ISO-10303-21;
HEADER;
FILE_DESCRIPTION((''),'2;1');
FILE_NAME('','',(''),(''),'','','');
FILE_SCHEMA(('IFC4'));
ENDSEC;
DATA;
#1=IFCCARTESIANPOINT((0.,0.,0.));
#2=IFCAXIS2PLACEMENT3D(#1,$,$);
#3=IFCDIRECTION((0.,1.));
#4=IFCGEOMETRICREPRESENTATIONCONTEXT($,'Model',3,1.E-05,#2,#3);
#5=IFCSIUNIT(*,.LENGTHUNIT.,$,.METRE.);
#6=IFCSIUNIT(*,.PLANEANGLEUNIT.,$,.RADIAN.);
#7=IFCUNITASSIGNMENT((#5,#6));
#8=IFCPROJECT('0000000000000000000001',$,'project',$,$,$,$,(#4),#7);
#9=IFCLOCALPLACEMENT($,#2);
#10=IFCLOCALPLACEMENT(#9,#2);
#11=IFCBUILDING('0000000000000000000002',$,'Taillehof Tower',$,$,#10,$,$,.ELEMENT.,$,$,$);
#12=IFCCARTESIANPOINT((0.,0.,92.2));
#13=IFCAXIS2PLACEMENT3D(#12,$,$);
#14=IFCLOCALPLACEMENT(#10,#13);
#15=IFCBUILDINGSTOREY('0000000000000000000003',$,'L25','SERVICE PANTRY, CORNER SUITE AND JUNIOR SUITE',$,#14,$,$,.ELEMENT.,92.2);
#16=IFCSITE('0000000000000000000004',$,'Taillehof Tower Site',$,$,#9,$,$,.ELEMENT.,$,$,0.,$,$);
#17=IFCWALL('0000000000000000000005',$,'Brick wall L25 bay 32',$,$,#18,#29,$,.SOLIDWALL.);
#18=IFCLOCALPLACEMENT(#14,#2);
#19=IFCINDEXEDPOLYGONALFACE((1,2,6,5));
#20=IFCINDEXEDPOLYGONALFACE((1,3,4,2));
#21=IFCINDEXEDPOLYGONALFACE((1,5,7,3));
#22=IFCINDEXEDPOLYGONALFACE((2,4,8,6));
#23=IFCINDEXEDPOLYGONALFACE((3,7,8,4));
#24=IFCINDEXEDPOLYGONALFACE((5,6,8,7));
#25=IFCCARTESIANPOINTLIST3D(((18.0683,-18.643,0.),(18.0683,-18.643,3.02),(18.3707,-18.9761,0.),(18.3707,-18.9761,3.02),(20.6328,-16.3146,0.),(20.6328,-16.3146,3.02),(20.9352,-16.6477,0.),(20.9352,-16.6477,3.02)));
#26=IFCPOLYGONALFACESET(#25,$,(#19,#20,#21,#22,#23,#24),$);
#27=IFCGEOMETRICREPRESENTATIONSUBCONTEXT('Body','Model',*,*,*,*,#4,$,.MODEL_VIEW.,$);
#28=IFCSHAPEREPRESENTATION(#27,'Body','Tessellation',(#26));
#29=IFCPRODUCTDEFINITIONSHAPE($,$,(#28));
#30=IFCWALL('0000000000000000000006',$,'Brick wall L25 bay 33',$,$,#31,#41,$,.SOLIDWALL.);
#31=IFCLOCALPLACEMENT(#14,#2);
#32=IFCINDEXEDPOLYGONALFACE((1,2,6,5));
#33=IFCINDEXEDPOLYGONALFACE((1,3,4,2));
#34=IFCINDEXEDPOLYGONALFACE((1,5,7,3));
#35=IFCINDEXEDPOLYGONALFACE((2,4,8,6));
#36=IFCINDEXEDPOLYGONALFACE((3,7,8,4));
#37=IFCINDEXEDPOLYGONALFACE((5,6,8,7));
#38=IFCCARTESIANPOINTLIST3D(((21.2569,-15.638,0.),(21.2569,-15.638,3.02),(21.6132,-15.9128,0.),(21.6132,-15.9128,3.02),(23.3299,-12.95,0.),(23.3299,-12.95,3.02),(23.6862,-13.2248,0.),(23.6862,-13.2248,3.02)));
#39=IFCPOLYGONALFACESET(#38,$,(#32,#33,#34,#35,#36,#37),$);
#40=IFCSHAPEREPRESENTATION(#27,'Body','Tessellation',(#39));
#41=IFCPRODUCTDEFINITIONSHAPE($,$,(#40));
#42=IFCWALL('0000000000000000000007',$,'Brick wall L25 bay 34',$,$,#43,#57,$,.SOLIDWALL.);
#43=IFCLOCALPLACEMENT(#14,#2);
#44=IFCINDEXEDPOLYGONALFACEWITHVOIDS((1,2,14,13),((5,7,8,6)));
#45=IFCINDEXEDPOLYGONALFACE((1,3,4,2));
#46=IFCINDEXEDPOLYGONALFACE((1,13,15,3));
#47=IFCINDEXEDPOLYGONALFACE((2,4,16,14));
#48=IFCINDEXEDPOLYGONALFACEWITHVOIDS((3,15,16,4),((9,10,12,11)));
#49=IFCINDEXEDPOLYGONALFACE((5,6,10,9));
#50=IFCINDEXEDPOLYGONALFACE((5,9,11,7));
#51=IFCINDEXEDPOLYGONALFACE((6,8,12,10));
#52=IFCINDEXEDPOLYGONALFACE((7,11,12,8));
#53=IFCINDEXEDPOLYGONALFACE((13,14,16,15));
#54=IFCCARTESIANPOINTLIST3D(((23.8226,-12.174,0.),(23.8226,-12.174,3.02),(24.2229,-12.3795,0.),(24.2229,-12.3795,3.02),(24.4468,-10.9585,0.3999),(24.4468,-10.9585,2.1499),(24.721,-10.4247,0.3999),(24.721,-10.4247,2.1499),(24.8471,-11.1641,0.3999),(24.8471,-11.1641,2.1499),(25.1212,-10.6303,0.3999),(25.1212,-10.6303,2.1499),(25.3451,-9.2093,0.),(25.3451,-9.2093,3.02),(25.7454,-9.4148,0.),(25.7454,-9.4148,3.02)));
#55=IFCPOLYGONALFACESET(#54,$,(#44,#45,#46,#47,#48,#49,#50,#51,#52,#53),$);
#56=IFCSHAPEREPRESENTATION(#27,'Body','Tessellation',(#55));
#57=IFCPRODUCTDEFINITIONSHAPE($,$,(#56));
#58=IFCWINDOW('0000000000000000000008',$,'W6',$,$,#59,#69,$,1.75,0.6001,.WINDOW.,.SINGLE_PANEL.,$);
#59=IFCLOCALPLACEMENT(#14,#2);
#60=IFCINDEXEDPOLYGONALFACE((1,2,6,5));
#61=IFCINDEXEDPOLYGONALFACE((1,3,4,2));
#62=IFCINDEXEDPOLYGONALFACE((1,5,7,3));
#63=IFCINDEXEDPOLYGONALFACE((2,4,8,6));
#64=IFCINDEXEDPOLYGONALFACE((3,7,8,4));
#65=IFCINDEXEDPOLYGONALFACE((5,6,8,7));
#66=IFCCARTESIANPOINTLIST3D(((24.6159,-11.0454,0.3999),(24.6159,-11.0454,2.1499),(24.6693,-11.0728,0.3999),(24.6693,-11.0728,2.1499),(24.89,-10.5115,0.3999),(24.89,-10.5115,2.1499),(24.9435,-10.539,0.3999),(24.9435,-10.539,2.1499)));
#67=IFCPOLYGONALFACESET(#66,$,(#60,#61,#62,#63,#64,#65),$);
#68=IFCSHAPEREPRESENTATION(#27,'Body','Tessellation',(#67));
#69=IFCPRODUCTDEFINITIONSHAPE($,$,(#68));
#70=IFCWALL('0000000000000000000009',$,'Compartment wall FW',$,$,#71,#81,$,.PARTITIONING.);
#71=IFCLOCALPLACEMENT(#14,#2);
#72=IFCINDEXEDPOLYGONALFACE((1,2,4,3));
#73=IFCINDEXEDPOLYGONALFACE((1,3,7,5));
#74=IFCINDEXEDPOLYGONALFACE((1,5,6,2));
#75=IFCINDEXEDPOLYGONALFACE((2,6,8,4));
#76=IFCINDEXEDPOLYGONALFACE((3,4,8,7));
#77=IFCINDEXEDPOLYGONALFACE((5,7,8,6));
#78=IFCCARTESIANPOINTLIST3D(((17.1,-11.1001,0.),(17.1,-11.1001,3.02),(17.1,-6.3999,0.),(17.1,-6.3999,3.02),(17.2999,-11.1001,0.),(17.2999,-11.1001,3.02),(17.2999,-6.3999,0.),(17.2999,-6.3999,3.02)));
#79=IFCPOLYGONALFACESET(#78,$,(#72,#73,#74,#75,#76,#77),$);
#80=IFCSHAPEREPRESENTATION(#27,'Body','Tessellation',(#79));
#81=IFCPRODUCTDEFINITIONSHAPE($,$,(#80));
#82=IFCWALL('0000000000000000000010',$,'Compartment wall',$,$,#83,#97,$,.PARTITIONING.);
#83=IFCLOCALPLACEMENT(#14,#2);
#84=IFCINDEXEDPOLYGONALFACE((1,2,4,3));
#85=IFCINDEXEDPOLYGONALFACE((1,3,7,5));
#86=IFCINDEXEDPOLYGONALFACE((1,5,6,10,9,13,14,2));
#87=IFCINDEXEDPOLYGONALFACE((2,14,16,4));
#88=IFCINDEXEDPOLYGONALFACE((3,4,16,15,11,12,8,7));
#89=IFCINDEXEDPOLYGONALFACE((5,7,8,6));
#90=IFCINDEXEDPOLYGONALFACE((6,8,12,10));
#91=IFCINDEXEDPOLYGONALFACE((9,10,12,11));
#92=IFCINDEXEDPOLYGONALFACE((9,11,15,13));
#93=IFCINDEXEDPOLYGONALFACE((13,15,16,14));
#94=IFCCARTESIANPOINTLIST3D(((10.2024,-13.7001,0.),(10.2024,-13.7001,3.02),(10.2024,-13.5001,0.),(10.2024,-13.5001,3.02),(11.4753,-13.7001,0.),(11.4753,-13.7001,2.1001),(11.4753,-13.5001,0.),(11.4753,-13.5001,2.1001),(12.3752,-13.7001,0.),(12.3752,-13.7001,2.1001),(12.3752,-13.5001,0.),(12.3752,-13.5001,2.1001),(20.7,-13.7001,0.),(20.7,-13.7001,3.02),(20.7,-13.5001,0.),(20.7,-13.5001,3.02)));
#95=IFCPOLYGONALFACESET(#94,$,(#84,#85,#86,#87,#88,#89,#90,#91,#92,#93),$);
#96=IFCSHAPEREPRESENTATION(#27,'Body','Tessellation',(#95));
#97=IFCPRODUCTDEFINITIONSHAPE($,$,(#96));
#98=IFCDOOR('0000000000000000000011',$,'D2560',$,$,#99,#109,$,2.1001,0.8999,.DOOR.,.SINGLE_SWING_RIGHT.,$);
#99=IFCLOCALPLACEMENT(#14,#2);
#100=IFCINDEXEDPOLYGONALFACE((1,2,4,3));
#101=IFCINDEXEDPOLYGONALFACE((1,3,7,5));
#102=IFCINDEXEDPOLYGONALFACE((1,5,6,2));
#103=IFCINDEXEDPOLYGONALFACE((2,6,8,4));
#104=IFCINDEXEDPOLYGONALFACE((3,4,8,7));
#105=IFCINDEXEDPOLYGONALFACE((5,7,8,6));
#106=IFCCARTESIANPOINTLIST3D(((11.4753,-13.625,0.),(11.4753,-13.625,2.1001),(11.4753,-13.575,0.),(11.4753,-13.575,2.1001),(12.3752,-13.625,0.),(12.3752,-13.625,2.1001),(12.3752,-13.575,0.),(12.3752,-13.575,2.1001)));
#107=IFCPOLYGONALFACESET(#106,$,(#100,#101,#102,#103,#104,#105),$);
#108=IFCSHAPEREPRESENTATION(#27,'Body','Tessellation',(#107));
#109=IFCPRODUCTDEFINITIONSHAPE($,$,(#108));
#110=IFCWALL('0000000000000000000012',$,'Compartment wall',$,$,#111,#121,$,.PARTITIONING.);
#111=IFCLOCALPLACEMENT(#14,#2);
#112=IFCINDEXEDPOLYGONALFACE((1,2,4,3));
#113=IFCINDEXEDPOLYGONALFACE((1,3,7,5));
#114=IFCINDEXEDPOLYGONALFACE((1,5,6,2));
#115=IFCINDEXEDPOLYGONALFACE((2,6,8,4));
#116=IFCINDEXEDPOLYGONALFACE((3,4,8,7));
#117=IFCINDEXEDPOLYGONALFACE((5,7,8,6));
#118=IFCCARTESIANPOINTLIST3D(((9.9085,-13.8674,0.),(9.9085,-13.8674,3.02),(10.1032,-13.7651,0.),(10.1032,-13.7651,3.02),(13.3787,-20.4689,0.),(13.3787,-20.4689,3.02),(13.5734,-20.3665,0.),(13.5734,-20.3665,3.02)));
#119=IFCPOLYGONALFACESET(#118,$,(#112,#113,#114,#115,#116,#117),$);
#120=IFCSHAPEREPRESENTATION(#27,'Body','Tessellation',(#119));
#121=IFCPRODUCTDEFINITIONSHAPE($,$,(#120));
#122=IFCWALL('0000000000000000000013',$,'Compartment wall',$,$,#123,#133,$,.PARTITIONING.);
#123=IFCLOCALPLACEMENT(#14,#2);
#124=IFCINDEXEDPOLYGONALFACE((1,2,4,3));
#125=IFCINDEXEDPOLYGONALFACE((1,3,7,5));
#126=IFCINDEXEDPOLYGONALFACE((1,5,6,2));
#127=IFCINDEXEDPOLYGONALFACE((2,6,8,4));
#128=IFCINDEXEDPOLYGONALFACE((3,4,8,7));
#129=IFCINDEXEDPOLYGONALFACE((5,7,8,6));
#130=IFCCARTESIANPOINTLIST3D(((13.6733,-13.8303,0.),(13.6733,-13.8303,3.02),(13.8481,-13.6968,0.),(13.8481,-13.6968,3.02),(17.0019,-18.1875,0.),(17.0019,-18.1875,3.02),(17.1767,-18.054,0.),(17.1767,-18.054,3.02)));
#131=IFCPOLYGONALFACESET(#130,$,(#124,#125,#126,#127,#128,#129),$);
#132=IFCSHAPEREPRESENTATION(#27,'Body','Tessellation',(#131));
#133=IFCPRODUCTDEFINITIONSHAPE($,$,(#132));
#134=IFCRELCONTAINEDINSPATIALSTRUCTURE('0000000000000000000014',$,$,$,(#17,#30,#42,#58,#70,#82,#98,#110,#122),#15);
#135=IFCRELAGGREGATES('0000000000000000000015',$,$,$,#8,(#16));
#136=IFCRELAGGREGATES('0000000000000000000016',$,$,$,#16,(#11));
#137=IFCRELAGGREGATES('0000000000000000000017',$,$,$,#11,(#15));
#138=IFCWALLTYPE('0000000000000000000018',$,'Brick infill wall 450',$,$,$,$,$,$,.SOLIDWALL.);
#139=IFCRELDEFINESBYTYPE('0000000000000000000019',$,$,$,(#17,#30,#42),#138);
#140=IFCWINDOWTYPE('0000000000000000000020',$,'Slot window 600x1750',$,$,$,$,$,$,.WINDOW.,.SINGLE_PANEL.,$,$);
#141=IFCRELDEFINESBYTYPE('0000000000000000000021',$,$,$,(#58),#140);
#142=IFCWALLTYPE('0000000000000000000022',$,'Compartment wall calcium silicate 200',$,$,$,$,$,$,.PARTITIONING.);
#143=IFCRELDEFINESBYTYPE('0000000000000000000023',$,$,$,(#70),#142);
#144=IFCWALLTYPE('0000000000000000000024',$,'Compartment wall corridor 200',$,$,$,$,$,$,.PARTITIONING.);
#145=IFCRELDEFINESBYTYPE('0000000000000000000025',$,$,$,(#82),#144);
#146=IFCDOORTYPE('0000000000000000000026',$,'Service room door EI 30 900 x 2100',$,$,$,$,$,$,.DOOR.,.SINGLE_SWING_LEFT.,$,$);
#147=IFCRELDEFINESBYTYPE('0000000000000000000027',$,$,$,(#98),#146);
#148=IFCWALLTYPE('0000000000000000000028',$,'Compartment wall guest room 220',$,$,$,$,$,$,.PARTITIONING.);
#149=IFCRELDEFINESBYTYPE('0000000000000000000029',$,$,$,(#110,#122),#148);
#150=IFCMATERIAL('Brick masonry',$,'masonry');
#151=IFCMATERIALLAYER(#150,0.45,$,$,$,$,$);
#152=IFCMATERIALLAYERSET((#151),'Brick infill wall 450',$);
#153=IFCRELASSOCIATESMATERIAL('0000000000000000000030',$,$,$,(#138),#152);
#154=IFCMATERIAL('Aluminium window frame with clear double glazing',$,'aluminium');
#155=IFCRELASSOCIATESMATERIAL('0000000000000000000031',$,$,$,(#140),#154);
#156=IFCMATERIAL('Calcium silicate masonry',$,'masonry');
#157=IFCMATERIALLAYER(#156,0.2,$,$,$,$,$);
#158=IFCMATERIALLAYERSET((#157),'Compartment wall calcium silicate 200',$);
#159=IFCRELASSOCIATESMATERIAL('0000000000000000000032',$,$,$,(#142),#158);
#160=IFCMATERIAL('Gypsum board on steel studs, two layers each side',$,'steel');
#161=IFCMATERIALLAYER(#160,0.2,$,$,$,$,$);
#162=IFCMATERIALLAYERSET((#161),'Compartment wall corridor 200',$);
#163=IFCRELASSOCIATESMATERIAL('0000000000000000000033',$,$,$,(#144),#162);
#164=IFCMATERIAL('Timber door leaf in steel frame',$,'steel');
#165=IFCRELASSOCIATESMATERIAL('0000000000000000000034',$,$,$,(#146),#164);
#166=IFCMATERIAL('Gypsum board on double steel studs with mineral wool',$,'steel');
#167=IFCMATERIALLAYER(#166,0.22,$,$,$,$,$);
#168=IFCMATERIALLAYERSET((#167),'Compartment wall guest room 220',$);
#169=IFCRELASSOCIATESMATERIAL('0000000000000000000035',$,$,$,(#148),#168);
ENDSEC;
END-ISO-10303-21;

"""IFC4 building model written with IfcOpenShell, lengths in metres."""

from ifc_helpers import new_model, si_unit, direction, frame, frame_2d, origin, place, context, subcontext, project, spatial, rectangle, extrude, material, layer, layer_set, type_object, element, fill, save


model = new_model("IFC4")

# Units and contexts
model_context = context("Model", 3, precision=1e-05, world=origin(), true_north=direction((0.0, 1.0)))
body_context = subcontext(model_context, "Body", "Model", "MODEL_VIEW")
ifc_project = project(units=[si_unit("LENGTHUNIT", "METRE"), si_unit("PLANEANGLEUNIT", "RADIAN")], contexts=[model_context])

# Site, building, storey
site_placement = place(None, origin())
site = spatial("IfcSite", under=ifc_project, at=site_placement, Name="Taillehof Tower Site", CompositionType="ELEMENT", RefElevation=0.0)
building_placement = place(site_placement, origin())
building = spatial("IfcBuilding", under=site, at=building_placement, Name="Taillehof Tower", CompositionType="ELEMENT")
storey_placement = place(building_placement, frame((0.0, 0.0, 92.2)))
storey = spatial("IfcBuildingStorey", under=building, at=storey_placement, Name="L25", Description="SERVICE PANTRY, CORNER SUITE AND JUNIOR SUITE", CompositionType="ELEMENT", Elevation=92.2)

# Shared definitions
ifc_material_1 = material(Name="Brick masonry", Category="masonry")
ifc_layer_1 = layer(ifc_material_1, 0.45)
ifc_layer_set_1 = layer_set([ifc_layer_1], Name="Brick infill wall 450")
wall_type_1 = type_object("IfcWallType", Name="Brick infill wall 450", PredefinedType="SOLIDWALL", material=ifc_layer_set_1)

# Walls
wall_1_placement = place(storey_placement, frame((18.2195, -18.8096, 0.0), z_axis=(0.0, 0.0, 1.0), x_axis=(0.740364, 0.672206, 0.0)))
element("IfcWall", 1, at=wall_1_placement, inside=storey, type_object=wall_type_1, Name="Brick wall L25 bay 32", PredefinedType="SOLIDWALL", context=body_context, shape_type="SweptSolid", body=[
    extrude(rectangle(XDim=3.4639, YDim=0.45, at=frame_2d((1.7319, 0.0))), origin(), (0.0, 0.0, 1.0), 3.02),
])
wall_2_placement = place(storey_placement, frame((21.4351, -15.7754, 0.0), z_axis=(0.0, 0.0, 1.0), x_axis=(0.610694, 0.791867, 0.0)))
element("IfcWall", 2, at=wall_2_placement, inside=storey, type_object=wall_type_1, Name="Brick wall L25 bay 33", PredefinedType="SOLIDWALL", context=body_context, shape_type="SweptSolid", body=[
    extrude(rectangle(XDim=3.3945, YDim=0.45, at=frame_2d((1.6973, 0.0))), origin(), (0.0, 0.0, 1.0), 3.02),
])

# Wall, opening, window
wall_3_placement = place(storey_placement, frame((24.0227, -12.2769, 0.0), z_axis=(0.0, 0.0, 1.0), x_axis=(0.456828, 0.889555, 0.0)))
wall_3 = element("IfcWall", 3, at=wall_3_placement, inside=storey, type_object=wall_type_1, Name="Brick wall L25 bay 34", PredefinedType="SOLIDWALL", context=body_context, shape_type="SweptSolid", body=[
    extrude(rectangle(XDim=3.3328, YDim=0.45, at=frame_2d((1.6665, 0.0))), origin(), (0.0, 0.0, 1.0), 3.02),
])
opening_1_placement = place(wall_3_placement, frame((1.3665, 0.0, 0.3999)))
opening_1 = element("IfcOpeningElement", 4, at=opening_1_placement, cuts=wall_3, PredefinedType="OPENING", context=body_context, shape_type="SweptSolid", body=[
    extrude(rectangle(XDim=0.6001, YDim=1.75, at=frame_2d((0.3, 0.875))), frame((0.0, 0.2349, 0.0), z_axis=(0.0, -1.0, 0.0), x_axis=(1.0, 0.0, 0.0)), (0.0, 0.0, 1.0), 0.47),
])
ifc_material_2 = material(Name="Aluminium window frame with clear double glazing", Category="aluminium")
window_type_1 = type_object("IfcWindowType", Name="Slot window 600x1750", PartitioningType="SINGLE_PANEL", PredefinedType="WINDOW", material=ifc_material_2)
window_1_placement = place(opening_1_placement, origin())
window_1 = element("IfcWindow", 5, at=window_1_placement, inside=storey, type_object=window_type_1, Name="W6", OverallHeight=1.75, OverallWidth=0.6001, PartitioningType="SINGLE_PANEL", PredefinedType="WINDOW", context=body_context, shape_type="SweptSolid", body=[
    extrude(rectangle(XDim=0.6001, YDim=1.75, at=frame_2d((0.3, 0.875))), frame((0.0, 0.0349, 0.0), z_axis=(0.0, -1.0, 0.0), x_axis=(1.0, 0.0, 0.0)), (0.0, 0.0, 1.0), 0.0601),
])
fill(opening_1, window_1)

# Wall
ifc_material_3 = material(Name="Calcium silicate masonry", Category="masonry")
ifc_layer_2 = layer(ifc_material_3, 0.2)
ifc_layer_set_2 = layer_set([ifc_layer_2], Name="Compartment wall calcium silicate 200")
wall_type_2 = type_object("IfcWallType", Name="Compartment wall calcium silicate 200", PredefinedType="PARTITIONING", material=ifc_layer_set_2)
wall_4_placement = place(storey_placement, frame((17.2, -11.1001, 0.0), z_axis=(0.0, 0.0, 1.0), x_axis=(0.0, 1.0, 0.0)))
element("IfcWall", 6, at=wall_4_placement, inside=storey, type_object=wall_type_2, Name="Compartment wall FW", PredefinedType="PARTITIONING", context=body_context, shape_type="SweptSolid", body=[
    extrude(rectangle(XDim=4.7002, YDim=0.2, at=frame_2d((2.3501, 0.0))), origin(), (0.0, 0.0, 1.0), 3.02),
])

# Wall, opening, door
ifc_material_4 = material(Name="Gypsum board on steel studs, two layers each side", Category="steel")
ifc_layer_3 = layer(ifc_material_4, 0.2)
ifc_layer_set_3 = layer_set([ifc_layer_3], Name="Compartment wall corridor 200")
wall_type_3 = type_object("IfcWallType", Name="Compartment wall corridor 200", PredefinedType="PARTITIONING", material=ifc_layer_set_3)
wall_5_placement = place(storey_placement, frame((20.7, -13.6001, 0.0), z_axis=(0.0, 0.0, 1.0), x_axis=(-1.0, 0.0, 0.0)))
wall_5 = element("IfcWall", 7, at=wall_5_placement, inside=storey, type_object=wall_type_3, Name="Compartment wall", PredefinedType="PARTITIONING", context=body_context, shape_type="SweptSolid", body=[
    extrude(rectangle(XDim=10.4976, YDim=0.2, at=frame_2d((5.2488, 0.0))), origin(), (0.0, 0.0, 1.0), 3.02),
])
opening_2_placement = place(wall_5_placement, frame((8.3247, 0.0, 0.0)))
opening_2 = element("IfcOpeningElement", 8, at=opening_2_placement, cuts=wall_5, PredefinedType="OPENING", context=body_context, shape_type="SweptSolid", body=[
    extrude(rectangle(XDim=0.8999, YDim=2.1001, at=frame_2d((0.45, 1.05))), frame((0.0, 0.1099, 0.0), z_axis=(0.0, -1.0, 0.0), x_axis=(1.0, 0.0, 0.0)), (0.0, 0.0, 1.0), 0.22),
])
ifc_material_5 = material(Name="Timber door leaf in steel frame", Category="steel")
door_type_1 = type_object("IfcDoorType", Name="Service room door EI 30 900 x 2100", OperationType="SINGLE_SWING_LEFT", PredefinedType="DOOR", material=ifc_material_5)
door_1_placement = place(opening_2_placement, origin())
door_1 = element("IfcDoor", 9, at=door_1_placement, inside=storey, type_object=door_type_1, Name="D2560", OperationType="SINGLE_SWING_RIGHT", OverallHeight=2.1001, OverallWidth=0.8999, PredefinedType="DOOR", context=body_context, shape_type="SweptSolid", body=[
    extrude(rectangle(XDim=0.8999, YDim=2.1001, at=frame_2d((0.45, 1.05))), frame((0.0, 0.0249, 0.0), z_axis=(0.0, -1.0, 0.0), x_axis=(1.0, 0.0, 0.0)), (0.0, 0.0, 1.0), 0.05),
])
fill(opening_2, door_1)

# Walls
ifc_material_6 = material(Name="Gypsum board on double steel studs with mineral wool", Category="steel")
ifc_layer_4 = layer(ifc_material_6, 0.22)
ifc_layer_set_4 = layer_set([ifc_layer_4], Name="Compartment wall guest room 220")
wall_type_4 = type_object("IfcWallType", Name="Compartment wall guest room 220", PredefinedType="PARTITIONING", material=ifc_layer_set_4)
wall_6_placement = place(storey_placement, frame((13.4761, -20.4177, 0.0), z_axis=(0.0, 0.0, 1.0), x_axis=(-0.465296, 0.885155, 0.0)))
element("IfcWall", 10, at=wall_6_placement, inside=storey, type_object=wall_type_4, Name="Compartment wall", PredefinedType="PARTITIONING", context=body_context, shape_type="SweptSolid", body=[
    extrude(rectangle(XDim=7.458, YDim=0.22, at=frame_2d((3.729, 0.0))), origin(), (0.0, 0.0, 1.0), 3.02),
])
wall_7_placement = place(storey_placement, frame((17.0894, -18.1208, 0.0), z_axis=(0.0, 0.0, 1.0), x_axis=(-0.607065, 0.794652, 0.0)))
element("IfcWall", 11, at=wall_7_placement, inside=storey, type_object=wall_type_4, Name="Compartment wall", PredefinedType="PARTITIONING", context=body_context, shape_type="SweptSolid", body=[
    extrude(rectangle(XDim=5.4832, YDim=0.22, at=frame_2d((2.7417, 0.0))), origin(), (0.0, 0.0, 1.0), 3.02),
])

save(model, "model.ifc")
